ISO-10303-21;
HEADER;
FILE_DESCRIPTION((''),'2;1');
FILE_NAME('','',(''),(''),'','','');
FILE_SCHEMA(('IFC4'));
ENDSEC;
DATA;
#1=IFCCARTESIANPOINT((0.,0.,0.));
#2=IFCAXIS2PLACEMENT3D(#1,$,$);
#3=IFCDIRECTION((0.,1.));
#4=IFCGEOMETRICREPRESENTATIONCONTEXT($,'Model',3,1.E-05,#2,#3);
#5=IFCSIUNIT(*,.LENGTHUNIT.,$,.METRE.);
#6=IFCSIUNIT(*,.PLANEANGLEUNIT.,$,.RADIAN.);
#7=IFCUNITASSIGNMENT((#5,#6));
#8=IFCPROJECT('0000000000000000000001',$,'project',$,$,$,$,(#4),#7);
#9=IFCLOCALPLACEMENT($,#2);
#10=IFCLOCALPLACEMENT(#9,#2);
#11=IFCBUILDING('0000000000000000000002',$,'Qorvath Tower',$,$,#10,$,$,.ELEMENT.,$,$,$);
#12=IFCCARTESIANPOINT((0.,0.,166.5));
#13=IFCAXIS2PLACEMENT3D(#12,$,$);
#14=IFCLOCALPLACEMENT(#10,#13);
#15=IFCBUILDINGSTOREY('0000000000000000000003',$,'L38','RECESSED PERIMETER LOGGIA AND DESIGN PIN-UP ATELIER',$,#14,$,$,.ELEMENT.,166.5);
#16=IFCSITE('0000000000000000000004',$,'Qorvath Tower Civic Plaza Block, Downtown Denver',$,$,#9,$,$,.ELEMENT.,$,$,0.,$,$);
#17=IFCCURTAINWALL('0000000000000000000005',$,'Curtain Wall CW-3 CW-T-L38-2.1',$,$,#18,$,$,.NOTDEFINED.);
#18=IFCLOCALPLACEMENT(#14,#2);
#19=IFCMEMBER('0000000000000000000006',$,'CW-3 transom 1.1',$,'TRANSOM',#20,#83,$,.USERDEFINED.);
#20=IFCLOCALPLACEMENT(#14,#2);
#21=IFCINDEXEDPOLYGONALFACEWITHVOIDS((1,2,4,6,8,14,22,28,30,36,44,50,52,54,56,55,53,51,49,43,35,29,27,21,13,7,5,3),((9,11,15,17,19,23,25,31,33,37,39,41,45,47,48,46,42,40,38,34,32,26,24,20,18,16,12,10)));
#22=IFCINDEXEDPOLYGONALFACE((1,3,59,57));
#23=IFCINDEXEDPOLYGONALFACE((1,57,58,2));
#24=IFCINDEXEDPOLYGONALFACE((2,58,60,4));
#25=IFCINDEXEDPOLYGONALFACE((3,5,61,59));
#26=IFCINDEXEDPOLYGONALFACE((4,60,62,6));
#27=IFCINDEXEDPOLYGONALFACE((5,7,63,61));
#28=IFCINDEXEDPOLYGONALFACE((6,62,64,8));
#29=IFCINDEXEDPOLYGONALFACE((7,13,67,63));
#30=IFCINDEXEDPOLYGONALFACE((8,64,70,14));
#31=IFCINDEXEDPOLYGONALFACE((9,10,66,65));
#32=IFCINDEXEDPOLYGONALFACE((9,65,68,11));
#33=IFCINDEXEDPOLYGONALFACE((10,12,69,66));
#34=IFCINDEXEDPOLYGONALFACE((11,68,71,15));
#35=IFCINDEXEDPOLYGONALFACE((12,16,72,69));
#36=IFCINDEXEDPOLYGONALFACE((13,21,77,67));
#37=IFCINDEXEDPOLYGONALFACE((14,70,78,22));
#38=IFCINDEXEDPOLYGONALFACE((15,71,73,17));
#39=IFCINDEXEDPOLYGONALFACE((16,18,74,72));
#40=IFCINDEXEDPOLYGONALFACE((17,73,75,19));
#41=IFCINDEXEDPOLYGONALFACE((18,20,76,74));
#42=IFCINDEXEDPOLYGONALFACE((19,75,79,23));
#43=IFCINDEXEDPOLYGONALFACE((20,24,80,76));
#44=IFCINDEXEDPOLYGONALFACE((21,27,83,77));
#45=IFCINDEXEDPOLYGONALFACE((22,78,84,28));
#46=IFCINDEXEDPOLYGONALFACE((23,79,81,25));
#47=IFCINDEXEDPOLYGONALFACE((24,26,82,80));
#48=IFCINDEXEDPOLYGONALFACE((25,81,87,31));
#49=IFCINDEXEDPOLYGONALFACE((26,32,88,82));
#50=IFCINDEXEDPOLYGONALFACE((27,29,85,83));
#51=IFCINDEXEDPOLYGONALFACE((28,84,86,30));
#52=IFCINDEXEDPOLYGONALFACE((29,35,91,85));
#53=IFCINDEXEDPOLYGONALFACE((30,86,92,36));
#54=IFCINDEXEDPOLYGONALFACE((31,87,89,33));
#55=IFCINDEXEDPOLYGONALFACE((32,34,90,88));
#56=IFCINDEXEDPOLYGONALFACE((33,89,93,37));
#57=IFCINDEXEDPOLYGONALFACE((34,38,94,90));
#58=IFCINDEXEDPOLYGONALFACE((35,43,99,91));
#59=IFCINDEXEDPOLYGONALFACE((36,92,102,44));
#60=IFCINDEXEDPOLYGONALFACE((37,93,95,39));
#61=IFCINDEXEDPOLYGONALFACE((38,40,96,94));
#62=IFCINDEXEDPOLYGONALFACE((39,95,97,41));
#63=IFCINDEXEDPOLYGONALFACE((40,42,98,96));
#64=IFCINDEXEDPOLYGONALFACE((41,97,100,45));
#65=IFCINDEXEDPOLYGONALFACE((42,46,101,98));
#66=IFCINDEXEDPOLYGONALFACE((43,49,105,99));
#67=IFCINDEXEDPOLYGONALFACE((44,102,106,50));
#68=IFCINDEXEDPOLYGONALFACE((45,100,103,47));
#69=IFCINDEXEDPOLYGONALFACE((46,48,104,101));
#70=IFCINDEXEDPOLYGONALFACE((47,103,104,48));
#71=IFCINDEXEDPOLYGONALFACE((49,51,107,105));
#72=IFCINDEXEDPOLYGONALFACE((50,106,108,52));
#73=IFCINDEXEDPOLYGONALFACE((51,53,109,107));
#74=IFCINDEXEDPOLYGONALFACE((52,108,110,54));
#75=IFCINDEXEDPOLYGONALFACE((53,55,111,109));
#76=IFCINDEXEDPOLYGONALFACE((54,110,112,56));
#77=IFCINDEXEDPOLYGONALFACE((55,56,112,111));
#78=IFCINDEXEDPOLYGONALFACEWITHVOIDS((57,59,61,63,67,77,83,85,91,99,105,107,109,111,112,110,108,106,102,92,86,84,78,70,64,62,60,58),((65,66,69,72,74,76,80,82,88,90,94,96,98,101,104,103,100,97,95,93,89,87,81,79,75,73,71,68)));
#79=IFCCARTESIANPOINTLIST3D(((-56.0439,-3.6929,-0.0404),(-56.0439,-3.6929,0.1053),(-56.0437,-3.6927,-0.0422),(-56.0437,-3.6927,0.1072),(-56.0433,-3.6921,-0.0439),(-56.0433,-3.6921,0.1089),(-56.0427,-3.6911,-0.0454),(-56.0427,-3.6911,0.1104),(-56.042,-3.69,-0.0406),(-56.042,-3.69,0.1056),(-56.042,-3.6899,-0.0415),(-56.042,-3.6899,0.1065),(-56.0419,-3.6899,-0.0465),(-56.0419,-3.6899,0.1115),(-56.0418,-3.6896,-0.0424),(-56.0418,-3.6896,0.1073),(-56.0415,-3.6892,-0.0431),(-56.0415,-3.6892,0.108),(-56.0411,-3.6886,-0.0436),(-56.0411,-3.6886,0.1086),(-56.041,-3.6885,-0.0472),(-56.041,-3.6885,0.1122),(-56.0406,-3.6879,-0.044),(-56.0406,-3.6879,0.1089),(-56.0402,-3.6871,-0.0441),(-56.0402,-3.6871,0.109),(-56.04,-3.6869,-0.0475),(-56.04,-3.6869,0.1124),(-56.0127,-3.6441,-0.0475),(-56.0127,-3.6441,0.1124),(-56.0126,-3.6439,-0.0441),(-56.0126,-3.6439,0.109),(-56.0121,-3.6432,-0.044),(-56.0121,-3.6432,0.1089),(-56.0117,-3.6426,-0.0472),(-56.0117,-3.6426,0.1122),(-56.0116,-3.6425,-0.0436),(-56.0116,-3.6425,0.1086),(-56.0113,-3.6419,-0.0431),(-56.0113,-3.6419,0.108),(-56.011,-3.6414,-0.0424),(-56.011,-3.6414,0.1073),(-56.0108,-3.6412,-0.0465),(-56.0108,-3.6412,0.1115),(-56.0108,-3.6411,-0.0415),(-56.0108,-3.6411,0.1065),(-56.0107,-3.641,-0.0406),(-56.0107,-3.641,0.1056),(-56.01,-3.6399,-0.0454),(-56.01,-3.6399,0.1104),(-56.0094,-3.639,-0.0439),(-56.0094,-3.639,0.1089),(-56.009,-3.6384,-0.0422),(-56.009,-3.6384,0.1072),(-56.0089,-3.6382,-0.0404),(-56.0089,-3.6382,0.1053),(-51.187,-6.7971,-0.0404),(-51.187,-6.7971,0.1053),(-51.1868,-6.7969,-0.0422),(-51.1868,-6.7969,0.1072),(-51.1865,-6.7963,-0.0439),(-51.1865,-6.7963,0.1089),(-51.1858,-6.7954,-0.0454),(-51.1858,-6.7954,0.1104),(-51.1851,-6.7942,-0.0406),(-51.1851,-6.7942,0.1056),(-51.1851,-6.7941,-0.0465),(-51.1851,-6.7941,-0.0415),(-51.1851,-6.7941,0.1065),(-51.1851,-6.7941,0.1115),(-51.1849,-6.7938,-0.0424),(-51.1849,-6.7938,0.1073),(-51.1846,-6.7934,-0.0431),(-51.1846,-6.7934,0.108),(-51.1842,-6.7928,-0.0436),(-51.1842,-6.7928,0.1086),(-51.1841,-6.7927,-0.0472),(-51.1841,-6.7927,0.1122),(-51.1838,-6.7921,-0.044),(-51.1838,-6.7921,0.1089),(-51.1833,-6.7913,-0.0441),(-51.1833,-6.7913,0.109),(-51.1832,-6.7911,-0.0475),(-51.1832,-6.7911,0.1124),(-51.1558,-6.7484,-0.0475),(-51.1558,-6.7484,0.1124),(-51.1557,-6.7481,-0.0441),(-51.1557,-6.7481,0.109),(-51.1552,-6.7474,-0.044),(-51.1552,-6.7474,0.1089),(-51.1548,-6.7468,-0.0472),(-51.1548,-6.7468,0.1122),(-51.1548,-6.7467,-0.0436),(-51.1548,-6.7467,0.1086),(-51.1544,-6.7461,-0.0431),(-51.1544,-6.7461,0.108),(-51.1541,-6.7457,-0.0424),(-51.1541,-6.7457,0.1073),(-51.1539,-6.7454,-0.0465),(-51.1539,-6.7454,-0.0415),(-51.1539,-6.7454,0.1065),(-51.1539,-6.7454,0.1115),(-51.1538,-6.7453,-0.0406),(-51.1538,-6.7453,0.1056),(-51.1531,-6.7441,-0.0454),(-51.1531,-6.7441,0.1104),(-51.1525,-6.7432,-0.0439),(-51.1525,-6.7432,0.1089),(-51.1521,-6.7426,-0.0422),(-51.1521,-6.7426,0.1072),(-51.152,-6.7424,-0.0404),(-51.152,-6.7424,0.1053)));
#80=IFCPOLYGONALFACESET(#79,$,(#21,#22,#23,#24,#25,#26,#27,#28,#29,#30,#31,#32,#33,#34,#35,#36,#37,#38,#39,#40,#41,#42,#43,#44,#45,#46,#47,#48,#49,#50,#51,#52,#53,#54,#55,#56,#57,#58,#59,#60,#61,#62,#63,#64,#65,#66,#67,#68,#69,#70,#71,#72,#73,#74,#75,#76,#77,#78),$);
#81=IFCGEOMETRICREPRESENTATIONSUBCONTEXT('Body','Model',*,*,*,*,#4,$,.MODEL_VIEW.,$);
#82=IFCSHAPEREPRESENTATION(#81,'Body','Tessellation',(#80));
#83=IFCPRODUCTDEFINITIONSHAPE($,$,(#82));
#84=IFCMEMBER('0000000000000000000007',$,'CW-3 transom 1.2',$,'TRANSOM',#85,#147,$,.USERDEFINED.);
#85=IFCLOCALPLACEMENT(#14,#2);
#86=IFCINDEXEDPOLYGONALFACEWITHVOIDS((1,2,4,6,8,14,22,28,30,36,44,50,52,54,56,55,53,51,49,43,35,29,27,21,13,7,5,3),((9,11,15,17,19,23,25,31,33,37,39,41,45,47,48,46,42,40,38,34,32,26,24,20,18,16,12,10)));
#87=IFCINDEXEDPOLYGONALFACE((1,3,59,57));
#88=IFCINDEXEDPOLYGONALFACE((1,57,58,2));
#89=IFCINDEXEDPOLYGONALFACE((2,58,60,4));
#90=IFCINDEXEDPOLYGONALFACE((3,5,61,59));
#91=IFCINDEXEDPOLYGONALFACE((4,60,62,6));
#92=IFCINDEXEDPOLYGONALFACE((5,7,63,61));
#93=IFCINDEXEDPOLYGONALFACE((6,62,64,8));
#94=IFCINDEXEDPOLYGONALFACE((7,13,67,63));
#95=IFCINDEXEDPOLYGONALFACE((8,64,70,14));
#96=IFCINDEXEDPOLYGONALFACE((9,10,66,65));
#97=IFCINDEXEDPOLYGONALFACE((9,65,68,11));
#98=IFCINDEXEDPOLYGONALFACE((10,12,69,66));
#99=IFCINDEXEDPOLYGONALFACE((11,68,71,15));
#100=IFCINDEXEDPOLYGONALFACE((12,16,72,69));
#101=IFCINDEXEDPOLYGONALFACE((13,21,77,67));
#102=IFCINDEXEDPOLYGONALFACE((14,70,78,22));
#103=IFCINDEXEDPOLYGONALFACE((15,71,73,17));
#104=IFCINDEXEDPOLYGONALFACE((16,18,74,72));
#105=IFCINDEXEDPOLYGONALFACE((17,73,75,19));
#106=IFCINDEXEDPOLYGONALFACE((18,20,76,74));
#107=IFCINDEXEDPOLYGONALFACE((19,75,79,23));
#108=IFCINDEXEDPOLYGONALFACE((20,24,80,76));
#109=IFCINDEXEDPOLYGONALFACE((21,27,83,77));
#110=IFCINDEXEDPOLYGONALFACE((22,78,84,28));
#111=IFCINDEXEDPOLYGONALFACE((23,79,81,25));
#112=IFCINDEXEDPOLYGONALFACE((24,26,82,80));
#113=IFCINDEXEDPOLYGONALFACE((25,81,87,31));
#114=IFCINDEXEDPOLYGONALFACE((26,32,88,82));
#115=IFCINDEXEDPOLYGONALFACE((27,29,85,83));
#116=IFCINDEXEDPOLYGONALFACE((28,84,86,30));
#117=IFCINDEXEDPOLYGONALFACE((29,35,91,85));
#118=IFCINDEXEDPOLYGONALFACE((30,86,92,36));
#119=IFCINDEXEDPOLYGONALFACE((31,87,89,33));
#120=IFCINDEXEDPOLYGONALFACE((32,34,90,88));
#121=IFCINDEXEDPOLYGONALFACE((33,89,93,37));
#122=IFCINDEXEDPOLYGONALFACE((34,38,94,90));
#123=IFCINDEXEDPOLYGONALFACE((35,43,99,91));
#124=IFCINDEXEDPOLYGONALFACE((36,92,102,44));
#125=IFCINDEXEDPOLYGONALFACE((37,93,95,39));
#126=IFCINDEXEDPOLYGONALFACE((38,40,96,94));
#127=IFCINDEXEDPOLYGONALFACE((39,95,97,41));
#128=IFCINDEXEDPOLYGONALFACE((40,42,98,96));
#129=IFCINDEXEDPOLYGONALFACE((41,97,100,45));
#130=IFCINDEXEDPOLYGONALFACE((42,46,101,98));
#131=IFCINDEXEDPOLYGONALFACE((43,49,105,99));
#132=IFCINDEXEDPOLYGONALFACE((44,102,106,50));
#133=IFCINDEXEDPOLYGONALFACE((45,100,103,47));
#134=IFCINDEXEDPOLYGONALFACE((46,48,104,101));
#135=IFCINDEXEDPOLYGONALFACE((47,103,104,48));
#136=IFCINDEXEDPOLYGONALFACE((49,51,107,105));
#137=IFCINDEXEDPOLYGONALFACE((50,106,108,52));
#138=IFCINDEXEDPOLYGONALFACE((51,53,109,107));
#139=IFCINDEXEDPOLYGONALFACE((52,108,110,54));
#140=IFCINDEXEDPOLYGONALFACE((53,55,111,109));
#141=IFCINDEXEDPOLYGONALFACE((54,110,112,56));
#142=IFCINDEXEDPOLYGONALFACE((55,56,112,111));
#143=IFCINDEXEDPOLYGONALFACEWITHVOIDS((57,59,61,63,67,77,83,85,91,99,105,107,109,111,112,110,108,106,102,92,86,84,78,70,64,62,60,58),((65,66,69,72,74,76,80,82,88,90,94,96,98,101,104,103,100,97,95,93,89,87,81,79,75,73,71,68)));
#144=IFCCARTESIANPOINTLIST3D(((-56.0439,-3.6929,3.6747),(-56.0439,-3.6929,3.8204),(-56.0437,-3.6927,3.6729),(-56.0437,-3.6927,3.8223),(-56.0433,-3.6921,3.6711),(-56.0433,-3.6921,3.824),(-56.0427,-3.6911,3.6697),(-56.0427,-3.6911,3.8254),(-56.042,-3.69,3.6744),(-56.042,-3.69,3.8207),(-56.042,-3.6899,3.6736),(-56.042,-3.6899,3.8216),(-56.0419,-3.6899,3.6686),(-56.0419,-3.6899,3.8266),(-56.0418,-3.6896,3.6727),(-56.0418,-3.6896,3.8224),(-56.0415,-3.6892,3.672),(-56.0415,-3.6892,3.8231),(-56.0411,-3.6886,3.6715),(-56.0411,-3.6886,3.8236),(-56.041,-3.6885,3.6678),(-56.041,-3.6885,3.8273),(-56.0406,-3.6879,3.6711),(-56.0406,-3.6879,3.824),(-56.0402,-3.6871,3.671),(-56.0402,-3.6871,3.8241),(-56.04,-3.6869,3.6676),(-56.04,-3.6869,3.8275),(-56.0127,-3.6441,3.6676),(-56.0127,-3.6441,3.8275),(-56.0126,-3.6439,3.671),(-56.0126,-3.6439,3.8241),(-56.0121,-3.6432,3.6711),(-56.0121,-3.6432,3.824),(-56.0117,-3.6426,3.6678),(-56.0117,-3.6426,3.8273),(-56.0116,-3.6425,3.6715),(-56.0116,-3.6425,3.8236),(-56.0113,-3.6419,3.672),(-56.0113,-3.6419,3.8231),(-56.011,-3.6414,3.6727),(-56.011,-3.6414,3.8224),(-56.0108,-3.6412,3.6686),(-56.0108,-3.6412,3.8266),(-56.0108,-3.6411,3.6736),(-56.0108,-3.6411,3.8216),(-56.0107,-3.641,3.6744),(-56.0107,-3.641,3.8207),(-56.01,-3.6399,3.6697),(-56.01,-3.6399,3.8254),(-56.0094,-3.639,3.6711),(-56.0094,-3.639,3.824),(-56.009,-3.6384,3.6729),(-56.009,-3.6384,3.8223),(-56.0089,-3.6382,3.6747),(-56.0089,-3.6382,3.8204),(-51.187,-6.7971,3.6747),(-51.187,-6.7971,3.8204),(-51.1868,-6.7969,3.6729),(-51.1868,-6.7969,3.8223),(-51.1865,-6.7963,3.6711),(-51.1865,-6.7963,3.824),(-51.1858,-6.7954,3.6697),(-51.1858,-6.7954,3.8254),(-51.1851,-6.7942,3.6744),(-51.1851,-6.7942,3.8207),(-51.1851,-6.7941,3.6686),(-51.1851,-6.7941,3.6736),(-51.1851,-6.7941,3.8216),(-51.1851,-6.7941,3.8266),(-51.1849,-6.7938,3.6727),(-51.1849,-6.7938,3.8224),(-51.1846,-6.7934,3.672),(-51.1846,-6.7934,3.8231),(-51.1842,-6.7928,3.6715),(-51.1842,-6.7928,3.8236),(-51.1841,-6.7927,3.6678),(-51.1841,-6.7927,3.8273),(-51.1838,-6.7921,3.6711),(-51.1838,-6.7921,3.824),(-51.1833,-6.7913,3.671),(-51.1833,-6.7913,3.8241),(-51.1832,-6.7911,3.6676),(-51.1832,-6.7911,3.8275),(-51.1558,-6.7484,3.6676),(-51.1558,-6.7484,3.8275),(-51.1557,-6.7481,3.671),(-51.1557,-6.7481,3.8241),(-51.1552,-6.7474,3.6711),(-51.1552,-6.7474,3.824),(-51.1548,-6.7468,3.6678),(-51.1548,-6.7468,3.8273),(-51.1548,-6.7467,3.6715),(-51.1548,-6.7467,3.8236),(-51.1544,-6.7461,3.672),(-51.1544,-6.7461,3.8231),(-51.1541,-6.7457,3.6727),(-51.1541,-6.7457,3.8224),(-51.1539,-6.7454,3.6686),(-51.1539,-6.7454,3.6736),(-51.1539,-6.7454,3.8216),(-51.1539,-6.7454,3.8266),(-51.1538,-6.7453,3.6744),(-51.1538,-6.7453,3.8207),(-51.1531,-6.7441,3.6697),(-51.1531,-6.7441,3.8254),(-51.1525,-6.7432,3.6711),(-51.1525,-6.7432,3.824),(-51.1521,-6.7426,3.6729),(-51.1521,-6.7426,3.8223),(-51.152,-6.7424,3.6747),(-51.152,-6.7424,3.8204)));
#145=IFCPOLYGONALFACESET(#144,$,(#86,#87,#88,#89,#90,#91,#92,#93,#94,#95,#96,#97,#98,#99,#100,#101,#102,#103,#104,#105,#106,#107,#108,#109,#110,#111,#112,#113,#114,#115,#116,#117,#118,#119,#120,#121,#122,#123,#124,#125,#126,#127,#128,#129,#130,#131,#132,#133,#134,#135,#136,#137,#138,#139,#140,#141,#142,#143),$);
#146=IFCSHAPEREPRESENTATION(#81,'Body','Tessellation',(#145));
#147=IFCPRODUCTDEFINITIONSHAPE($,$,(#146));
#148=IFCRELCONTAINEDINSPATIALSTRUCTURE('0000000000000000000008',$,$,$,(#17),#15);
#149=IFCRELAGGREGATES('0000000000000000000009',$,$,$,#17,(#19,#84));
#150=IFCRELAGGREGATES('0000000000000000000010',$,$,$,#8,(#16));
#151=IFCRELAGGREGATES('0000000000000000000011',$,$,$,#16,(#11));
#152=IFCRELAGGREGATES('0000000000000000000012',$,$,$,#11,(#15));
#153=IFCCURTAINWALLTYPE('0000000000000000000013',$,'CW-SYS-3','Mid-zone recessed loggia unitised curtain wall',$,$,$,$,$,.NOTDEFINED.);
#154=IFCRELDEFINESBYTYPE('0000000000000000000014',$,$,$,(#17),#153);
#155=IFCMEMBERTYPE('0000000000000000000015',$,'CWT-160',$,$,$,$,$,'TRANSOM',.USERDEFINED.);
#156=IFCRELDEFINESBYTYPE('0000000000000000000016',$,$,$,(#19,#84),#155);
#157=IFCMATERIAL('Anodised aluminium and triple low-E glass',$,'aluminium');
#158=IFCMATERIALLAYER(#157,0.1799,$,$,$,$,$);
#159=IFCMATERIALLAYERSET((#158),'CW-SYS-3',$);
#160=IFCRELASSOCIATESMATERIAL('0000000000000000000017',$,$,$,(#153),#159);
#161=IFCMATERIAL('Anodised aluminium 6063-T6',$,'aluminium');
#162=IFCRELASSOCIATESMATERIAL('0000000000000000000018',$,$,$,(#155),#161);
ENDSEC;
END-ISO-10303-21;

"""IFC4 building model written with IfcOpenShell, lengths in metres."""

from ifc_helpers import new_model, si_unit, direction, frame, origin, origin_2d, place, context, subcontext, project, spatial, hollow_rectangle, extrude, material, layer, layer_set, material_profile, profile_set, type_object, element, aggregate, save


model = new_model("IFC4")

# Units and contexts
model_context = context("Model", 3, precision=1e-05, world=origin(), true_north=direction((0.0, 1.0)))
body_context = subcontext(model_context, "Body", "Model", "MODEL_VIEW")
ifc_project = project(units=[si_unit("LENGTHUNIT", "METRE"), si_unit("PLANEANGLEUNIT", "RADIAN")], contexts=[model_context])

# Site, building, storey
site_placement = place(None, origin())
site = spatial("IfcSite", under=ifc_project, at=site_placement, Name="Qorvath Tower Civic Plaza Block, Downtown Denver", CompositionType="ELEMENT", RefElevation=0.0)
building_placement = place(site_placement, origin())
building = spatial("IfcBuilding", under=site, at=building_placement, Name="Qorvath Tower", CompositionType="ELEMENT")
storey_placement = place(building_placement, frame((0.0, 0.0, 166.5)))
storey = spatial("IfcBuildingStorey", under=building, at=storey_placement, Name="L38", Description="RECESSED PERIMETER LOGGIA AND DESIGN PIN-UP ATELIER", CompositionType="ELEMENT", Elevation=166.5)

# Curtain wall, members
ifc_material_1 = material(Name="Anodised aluminium and triple low-E glass", Category="aluminium")
ifc_layer_1 = layer(ifc_material_1, 0.1799)
ifc_layer_set_1 = layer_set([ifc_layer_1], Name="CW-SYS-3")
curtain_wall_type = type_object("IfcCurtainWallType", Name="CW-SYS-3", Description="Mid-zone recessed loggia unitised curtain wall", PredefinedType="NOTDEFINED", material=ifc_layer_set_1)
curtain_wall_placement = place(storey_placement, origin())
curtain_wall = element("IfcCurtainWall", 1, at=curtain_wall_placement, inside=storey, type_object=curtain_wall_type, Name="Curtain Wall CW-3 CW-T-L38-2.1", PredefinedType="NOTDEFINED")
ifc_material_2 = material(Name="Anodised aluminium 6063-T6", Category="aluminium")
ifc_material_profile_1 = material_profile(ifc_material_2, hollow_rectangle(XDim=0.0649, YDim=0.1599, WallThickness=0.0034, InnerFilletRadius=0.0034, OuterFilletRadius=0.0071, at=origin_2d()), Name="CWT 160x65")
ifc_profile_set_1 = profile_set([ifc_material_profile_1], Name="Anodised aluminium 6063-T6")
member_type_1 = type_object("IfcMemberType", Name="CWT-160", ElementType="TRANSOM", PredefinedType="USERDEFINED", material=ifc_profile_set_1)
member_1_placement = place(storey_placement, frame((-56.0264, -3.6655, 0.0325), z_axis=(0.842601, -0.538538, 0.0), x_axis=(0.538538, 0.842601, 0.0)))
member_1 = element("IfcMember", 2, at=member_1_placement, type_object=member_type_1, Name="CW-3 transom 1.1", ObjectType="TRANSOM", PredefinedType="USERDEFINED", context=body_context, shape_type="SweptSolid", body=[
    extrude(hollow_rectangle(XDim=0.0649, YDim=0.1599, WallThickness=0.0034, InnerFilletRadius=0.0034, OuterFilletRadius=0.0071, at=origin_2d()), origin(), (0.0, 0.0, 1.0), 5.7642),
])
member_2_placement = place(storey_placement, frame((-56.0264, -3.6655, 3.7476), z_axis=(0.842601, -0.538538, 0.0), x_axis=(0.538538, 0.842601, 0.0)))
member_2 = element("IfcMember", 3, at=member_2_placement, type_object=member_type_1, Name="CW-3 transom 1.2", ObjectType="TRANSOM", PredefinedType="USERDEFINED", context=body_context, shape_type="SweptSolid", body=[
    extrude(hollow_rectangle(XDim=0.0649, YDim=0.1599, WallThickness=0.0034, InnerFilletRadius=0.0034, OuterFilletRadius=0.0071, at=origin_2d()), origin(), (0.0, 0.0, 1.0), 5.7642),
])
aggregate(curtain_wall, [member_1, member_2])

save(model, "model.ifc")
